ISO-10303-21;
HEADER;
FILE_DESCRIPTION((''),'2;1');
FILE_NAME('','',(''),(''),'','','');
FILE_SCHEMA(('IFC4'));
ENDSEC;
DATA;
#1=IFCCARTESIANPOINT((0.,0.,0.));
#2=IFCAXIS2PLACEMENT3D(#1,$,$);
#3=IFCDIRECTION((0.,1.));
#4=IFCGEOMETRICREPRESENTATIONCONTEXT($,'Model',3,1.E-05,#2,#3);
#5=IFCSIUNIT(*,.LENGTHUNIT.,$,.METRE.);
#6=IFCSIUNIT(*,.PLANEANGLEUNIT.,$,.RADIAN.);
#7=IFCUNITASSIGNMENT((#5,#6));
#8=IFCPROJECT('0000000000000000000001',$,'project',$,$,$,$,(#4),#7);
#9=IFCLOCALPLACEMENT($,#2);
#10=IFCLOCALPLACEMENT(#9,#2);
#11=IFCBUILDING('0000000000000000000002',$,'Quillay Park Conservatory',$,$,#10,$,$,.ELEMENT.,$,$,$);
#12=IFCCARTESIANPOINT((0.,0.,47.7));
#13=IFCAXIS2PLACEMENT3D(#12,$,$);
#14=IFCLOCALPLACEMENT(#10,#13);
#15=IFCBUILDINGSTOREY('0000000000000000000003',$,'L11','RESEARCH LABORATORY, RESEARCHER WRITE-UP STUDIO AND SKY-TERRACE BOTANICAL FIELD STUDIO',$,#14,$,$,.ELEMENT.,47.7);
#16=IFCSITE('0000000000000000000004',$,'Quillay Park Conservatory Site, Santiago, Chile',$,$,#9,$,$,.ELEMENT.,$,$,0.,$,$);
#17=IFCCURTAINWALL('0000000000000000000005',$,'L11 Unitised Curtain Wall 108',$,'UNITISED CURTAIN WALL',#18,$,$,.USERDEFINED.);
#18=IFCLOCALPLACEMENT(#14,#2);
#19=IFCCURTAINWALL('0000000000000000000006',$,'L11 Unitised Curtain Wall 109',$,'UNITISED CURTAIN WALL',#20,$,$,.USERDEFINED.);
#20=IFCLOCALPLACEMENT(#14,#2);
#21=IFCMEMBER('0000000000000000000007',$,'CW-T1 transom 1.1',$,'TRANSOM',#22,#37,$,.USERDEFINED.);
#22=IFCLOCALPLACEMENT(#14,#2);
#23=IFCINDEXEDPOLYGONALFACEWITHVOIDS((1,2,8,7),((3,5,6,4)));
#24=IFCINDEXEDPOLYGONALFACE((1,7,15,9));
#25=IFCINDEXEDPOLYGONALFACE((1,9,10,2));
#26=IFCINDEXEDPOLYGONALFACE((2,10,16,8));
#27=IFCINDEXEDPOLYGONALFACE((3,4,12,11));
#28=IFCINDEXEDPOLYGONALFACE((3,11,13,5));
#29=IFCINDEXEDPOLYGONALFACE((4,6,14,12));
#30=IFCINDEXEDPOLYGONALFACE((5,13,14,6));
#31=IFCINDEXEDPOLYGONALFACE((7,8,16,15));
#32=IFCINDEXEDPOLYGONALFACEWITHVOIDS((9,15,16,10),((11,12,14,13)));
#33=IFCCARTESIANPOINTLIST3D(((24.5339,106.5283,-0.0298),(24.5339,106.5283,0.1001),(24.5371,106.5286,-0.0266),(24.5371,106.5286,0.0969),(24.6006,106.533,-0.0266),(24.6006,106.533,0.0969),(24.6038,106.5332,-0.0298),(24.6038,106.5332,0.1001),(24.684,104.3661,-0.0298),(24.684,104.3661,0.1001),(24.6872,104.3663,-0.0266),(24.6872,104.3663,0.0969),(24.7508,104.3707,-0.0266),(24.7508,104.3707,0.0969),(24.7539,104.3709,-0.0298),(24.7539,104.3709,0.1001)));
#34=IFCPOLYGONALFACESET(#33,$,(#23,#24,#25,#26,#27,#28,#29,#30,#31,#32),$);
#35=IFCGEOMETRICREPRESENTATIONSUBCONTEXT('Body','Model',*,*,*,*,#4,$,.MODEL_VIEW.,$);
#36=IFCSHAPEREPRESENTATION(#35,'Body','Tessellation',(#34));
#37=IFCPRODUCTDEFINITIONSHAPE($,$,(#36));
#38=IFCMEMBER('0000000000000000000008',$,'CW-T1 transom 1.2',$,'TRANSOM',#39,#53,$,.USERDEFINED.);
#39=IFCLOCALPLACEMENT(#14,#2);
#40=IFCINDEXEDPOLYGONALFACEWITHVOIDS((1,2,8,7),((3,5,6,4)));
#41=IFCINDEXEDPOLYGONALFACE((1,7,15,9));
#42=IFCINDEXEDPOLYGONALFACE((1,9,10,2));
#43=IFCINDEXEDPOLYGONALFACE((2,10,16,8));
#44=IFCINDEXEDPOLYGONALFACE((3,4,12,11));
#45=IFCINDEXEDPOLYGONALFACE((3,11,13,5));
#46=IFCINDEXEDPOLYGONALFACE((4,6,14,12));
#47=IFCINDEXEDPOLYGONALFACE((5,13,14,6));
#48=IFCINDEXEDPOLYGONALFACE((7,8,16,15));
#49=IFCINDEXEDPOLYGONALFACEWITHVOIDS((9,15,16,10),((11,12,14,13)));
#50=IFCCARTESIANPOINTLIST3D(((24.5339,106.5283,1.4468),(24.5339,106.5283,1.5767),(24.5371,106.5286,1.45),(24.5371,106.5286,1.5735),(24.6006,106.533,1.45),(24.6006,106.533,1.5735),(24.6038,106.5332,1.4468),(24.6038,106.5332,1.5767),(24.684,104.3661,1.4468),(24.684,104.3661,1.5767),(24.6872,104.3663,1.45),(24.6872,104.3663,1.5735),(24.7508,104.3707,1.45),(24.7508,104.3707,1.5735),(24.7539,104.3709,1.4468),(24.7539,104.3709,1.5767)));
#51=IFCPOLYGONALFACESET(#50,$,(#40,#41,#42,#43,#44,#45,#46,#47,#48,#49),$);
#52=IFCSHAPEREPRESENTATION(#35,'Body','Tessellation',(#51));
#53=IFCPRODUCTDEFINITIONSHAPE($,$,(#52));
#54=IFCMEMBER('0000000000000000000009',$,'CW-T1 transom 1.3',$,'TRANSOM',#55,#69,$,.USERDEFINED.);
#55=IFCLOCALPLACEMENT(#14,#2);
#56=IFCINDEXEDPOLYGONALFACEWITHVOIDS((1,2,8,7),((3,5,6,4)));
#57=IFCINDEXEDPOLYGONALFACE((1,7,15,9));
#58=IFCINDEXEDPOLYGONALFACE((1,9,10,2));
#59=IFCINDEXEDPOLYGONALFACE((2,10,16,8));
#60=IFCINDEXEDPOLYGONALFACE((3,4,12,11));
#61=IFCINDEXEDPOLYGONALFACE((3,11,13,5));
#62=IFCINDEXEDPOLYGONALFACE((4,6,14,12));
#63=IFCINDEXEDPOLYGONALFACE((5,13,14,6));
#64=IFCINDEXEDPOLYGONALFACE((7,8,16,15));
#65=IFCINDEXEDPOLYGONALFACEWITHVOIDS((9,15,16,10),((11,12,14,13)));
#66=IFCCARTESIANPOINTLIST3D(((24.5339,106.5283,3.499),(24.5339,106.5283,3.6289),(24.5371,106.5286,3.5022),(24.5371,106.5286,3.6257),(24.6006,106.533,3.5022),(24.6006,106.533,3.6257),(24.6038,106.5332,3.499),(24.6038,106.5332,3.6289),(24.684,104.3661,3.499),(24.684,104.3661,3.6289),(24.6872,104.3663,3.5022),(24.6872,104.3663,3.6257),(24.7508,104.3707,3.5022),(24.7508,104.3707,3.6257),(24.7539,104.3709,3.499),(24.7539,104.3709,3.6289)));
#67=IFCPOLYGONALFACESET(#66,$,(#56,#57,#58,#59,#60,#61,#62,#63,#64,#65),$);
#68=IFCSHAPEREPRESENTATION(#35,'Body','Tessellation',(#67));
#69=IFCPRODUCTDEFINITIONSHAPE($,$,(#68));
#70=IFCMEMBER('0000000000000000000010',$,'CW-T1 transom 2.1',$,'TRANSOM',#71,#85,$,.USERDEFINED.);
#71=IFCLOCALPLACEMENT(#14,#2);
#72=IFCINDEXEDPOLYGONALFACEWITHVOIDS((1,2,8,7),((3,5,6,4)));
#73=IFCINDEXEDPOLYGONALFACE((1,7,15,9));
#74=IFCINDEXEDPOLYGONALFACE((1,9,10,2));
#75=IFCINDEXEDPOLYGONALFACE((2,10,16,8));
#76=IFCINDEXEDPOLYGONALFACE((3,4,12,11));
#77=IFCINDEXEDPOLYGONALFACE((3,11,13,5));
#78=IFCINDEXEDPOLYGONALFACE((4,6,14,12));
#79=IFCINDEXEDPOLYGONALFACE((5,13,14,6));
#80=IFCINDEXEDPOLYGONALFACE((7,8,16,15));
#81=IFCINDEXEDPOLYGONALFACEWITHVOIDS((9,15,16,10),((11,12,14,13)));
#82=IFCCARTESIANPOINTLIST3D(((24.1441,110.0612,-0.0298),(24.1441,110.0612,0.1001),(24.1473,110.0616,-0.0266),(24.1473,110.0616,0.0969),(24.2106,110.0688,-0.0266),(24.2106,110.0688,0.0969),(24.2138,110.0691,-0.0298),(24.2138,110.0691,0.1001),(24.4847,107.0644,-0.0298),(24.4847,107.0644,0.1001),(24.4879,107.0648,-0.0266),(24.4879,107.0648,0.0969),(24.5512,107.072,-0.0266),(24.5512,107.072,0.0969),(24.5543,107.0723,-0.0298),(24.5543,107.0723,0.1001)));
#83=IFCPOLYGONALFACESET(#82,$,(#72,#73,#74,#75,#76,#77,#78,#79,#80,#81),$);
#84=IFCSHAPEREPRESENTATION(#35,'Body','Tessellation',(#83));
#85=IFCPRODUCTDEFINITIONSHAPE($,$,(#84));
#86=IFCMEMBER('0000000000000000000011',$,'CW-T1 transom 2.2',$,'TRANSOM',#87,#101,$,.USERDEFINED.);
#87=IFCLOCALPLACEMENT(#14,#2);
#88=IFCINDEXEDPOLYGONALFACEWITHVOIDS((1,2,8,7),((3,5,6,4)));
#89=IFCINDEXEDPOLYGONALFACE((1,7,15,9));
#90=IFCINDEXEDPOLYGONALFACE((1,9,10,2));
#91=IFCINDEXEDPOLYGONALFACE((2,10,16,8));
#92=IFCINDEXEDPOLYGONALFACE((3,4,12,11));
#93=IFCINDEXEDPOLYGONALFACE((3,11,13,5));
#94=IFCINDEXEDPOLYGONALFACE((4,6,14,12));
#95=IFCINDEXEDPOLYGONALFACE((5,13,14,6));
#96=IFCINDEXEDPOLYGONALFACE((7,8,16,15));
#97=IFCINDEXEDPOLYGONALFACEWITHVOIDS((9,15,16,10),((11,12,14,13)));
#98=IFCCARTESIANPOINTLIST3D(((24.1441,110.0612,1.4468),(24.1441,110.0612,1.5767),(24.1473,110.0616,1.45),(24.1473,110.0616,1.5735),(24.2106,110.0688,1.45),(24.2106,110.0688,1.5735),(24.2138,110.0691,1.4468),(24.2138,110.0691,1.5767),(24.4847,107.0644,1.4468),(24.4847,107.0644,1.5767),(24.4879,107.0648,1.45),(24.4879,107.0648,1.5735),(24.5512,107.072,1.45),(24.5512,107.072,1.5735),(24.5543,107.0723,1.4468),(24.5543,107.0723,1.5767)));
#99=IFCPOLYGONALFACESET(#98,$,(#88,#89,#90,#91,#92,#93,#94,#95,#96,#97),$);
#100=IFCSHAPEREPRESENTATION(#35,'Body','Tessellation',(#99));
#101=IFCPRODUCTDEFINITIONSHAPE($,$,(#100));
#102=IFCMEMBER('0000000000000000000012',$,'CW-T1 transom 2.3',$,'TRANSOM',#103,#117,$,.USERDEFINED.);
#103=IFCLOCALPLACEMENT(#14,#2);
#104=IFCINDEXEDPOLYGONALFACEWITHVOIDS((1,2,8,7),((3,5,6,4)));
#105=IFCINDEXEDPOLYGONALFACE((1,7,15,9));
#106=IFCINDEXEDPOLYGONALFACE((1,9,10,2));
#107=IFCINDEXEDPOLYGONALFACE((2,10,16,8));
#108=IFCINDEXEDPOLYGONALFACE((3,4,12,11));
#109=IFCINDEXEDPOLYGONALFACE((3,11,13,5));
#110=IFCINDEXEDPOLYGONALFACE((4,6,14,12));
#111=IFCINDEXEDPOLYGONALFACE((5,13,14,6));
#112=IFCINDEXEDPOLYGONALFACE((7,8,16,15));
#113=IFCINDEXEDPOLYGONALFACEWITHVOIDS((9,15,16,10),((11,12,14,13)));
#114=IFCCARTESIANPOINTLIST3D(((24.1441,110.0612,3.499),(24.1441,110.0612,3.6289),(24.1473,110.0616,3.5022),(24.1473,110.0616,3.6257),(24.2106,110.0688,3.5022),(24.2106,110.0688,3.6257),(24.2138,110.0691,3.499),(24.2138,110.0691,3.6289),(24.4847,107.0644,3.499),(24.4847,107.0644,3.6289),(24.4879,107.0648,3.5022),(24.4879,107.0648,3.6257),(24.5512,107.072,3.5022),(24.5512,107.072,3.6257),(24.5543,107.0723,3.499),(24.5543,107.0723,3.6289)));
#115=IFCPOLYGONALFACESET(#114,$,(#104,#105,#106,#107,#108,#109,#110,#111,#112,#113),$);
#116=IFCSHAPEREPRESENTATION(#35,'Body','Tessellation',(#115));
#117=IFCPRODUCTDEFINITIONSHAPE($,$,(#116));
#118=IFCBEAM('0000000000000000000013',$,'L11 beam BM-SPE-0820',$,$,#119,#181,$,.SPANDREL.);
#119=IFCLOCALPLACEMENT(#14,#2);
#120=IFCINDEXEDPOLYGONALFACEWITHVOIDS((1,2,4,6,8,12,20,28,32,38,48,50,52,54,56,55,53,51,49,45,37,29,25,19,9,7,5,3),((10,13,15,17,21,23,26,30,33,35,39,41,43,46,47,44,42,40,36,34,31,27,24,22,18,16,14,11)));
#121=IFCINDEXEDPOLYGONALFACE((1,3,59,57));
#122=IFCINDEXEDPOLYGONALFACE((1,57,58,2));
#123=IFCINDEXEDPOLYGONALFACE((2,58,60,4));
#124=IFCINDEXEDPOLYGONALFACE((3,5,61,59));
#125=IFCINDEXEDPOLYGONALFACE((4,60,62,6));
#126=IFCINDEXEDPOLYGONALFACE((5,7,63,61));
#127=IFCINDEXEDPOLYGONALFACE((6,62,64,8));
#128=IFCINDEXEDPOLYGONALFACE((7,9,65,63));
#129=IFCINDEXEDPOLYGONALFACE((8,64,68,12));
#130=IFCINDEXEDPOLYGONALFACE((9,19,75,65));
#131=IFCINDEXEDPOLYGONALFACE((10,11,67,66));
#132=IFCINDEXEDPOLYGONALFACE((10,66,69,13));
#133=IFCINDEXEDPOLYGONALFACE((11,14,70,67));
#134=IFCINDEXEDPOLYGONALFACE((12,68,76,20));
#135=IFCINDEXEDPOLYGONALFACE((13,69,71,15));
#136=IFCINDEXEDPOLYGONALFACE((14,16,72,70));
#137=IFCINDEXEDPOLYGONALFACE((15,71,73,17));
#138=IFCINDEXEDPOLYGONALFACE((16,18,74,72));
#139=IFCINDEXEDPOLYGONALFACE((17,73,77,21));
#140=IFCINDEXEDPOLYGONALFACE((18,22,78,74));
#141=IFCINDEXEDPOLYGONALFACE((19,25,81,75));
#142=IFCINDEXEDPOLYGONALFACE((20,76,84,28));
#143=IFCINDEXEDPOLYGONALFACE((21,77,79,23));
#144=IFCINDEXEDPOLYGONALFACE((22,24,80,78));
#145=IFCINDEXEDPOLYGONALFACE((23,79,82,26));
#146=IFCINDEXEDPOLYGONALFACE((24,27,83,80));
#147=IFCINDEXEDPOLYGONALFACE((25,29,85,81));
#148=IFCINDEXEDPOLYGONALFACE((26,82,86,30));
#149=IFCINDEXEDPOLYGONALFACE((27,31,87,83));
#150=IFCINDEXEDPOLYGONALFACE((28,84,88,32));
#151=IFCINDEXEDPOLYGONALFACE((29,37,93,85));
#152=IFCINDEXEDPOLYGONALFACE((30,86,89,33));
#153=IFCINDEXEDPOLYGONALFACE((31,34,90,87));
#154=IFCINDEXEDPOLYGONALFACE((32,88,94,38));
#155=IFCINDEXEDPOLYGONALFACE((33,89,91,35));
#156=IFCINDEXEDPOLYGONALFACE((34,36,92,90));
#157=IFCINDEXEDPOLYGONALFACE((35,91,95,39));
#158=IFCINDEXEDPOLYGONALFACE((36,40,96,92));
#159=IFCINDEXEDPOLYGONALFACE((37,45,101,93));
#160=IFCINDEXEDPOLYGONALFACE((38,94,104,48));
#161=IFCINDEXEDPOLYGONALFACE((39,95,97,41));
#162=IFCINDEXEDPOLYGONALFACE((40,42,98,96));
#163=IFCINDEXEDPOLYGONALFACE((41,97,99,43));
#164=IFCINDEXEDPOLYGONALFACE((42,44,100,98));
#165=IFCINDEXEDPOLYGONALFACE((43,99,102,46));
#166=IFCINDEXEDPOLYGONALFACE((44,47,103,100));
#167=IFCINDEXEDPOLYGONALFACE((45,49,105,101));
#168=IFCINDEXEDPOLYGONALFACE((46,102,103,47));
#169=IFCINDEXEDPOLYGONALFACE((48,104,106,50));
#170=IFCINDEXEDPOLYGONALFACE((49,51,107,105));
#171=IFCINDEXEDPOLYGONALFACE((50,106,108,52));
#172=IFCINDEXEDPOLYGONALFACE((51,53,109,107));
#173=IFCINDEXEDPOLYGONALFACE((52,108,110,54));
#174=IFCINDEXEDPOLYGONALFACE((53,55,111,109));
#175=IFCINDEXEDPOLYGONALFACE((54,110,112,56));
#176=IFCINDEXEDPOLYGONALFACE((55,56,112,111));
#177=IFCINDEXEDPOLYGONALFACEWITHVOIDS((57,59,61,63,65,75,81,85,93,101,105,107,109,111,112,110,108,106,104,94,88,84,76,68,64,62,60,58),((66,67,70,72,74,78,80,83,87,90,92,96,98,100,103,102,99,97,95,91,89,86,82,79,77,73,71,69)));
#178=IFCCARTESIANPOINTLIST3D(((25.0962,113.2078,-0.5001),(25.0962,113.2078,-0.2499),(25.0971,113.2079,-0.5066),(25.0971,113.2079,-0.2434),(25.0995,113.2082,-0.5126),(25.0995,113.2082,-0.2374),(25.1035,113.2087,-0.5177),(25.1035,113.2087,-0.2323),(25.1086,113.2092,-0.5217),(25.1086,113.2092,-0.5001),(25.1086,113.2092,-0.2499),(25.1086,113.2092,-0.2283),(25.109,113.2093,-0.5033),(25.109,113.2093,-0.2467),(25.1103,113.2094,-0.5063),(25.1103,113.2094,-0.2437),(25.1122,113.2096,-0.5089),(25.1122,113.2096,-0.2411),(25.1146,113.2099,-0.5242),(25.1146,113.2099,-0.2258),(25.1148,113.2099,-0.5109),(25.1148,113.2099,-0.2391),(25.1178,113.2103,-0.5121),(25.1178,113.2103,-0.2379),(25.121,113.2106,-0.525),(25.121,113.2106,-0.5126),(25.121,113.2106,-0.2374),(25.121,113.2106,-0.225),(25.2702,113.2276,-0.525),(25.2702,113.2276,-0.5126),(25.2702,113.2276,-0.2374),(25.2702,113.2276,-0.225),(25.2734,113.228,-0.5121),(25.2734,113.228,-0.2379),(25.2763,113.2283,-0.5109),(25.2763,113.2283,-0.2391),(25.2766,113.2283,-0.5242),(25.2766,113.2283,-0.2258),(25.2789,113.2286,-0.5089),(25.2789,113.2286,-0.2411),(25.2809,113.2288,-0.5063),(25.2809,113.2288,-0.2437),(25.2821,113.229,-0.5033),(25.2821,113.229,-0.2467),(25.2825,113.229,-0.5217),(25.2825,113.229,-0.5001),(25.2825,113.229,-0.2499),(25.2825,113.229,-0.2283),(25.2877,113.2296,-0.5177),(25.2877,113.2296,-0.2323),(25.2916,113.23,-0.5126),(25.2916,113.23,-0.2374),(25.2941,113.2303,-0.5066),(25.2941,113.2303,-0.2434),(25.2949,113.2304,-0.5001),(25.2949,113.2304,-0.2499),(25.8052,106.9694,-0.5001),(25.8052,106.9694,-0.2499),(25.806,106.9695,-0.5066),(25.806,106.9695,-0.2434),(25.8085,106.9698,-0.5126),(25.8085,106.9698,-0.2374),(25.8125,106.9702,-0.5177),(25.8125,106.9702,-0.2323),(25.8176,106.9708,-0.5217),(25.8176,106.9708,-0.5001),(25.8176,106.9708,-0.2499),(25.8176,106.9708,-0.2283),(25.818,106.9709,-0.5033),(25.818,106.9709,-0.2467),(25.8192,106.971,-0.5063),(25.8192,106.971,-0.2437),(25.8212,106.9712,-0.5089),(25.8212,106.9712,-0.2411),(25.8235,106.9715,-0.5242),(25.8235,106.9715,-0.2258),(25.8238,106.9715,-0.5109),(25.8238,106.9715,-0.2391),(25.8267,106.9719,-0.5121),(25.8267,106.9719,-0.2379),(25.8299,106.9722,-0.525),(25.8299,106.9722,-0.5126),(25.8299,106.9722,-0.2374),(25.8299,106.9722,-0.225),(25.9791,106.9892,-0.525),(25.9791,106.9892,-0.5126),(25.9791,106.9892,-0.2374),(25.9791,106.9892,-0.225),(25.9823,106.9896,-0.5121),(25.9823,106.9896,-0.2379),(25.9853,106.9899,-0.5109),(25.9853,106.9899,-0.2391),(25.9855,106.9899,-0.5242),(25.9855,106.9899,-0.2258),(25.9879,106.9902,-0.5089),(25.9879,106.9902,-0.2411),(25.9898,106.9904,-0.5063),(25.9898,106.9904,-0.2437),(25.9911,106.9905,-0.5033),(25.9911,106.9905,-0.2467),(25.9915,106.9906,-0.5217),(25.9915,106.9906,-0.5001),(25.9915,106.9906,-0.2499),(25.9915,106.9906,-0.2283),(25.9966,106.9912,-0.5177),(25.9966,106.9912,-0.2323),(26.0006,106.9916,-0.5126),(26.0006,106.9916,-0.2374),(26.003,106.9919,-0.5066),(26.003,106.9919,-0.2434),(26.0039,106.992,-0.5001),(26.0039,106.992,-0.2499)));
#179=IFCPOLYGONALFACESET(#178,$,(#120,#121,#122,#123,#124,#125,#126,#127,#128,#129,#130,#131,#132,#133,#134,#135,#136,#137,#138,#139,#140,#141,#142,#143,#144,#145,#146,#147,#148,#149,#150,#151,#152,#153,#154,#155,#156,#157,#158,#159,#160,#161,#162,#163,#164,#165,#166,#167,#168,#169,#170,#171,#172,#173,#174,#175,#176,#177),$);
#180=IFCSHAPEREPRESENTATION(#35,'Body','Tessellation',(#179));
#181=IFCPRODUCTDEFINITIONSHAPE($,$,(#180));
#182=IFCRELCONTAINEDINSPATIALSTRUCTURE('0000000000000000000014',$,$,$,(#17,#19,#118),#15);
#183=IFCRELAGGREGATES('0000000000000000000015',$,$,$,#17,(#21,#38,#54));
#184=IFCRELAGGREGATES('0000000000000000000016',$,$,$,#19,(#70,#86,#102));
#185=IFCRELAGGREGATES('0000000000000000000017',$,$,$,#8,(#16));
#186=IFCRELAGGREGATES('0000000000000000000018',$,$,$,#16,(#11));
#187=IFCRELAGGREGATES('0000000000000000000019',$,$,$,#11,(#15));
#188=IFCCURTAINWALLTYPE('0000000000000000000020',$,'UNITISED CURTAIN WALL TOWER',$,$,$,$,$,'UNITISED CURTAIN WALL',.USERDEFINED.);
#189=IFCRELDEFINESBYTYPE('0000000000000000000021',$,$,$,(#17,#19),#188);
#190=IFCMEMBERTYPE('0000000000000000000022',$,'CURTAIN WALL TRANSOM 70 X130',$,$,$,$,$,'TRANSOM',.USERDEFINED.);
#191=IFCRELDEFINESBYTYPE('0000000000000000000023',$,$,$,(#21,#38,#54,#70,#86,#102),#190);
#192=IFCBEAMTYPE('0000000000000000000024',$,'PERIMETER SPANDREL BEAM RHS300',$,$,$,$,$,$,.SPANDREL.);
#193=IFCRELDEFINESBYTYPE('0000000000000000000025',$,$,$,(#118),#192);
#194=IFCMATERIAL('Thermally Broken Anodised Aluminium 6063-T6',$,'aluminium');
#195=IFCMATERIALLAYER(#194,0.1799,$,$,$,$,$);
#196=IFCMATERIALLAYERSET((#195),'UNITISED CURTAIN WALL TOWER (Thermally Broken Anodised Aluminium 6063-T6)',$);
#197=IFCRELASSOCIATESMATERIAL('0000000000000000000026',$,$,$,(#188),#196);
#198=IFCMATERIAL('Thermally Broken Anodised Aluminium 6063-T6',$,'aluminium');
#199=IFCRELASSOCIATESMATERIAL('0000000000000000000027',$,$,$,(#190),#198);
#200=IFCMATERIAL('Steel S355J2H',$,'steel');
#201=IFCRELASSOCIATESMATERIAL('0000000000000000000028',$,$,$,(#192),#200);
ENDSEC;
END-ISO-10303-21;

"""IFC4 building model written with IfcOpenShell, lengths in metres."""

from ifc_helpers import new_model, si_unit, direction, frame, origin, origin_2d, place, context, subcontext, project, spatial, hollow_rectangle, extrude, material, layer, layer_set, material_profile, profile_set, type_object, element, aggregate, save


model = new_model("IFC4")

# Units and contexts
model_context = context("Model", 3, precision=1e-05, world=origin(), true_north=direction((0.0, 1.0)))
body_context = subcontext(model_context, "Body", "Model", "MODEL_VIEW")
ifc_project = project(units=[si_unit("LENGTHUNIT", "METRE"), si_unit("PLANEANGLEUNIT", "RADIAN")], contexts=[model_context])

# Site, building, storey
site_placement = place(None, origin())
site = spatial("IfcSite", under=ifc_project, at=site_placement, Name="Quillay Park Conservatory Site, Santiago, Chile", CompositionType="ELEMENT", RefElevation=0.0)
building_placement = place(site_placement, origin())
building = spatial("IfcBuilding", under=site, at=building_placement, Name="Quillay Park Conservatory", CompositionType="ELEMENT")
storey_placement = place(building_placement, frame((0.0, 0.0, 47.7)))
storey = spatial("IfcBuildingStorey", under=building, at=storey_placement, Name="L11", Description="RESEARCH LABORATORY, RESEARCHER WRITE-UP STUDIO AND SKY-TERRACE BOTANICAL FIELD STUDIO", CompositionType="ELEMENT", Elevation=47.7)

# Curtain wall
ifc_material_1 = material(Name="Thermally Broken Anodised Aluminium 6063-T6", Category="aluminium")
ifc_layer_1 = layer(ifc_material_1, 0.1799)
ifc_layer_set_1 = layer_set([ifc_layer_1], Name="UNITISED CURTAIN WALL TOWER (Thermally Broken Anodised Aluminium 6063-T6)")
curtain_wall_type = type_object("IfcCurtainWallType", Name="UNITISED CURTAIN WALL TOWER", ElementType="UNITISED CURTAIN WALL", PredefinedType="USERDEFINED", material=ifc_layer_set_1)
curtain_wall_1_placement = place(storey_placement, origin())
curtain_wall_1 = element("IfcCurtainWall", 1, at=curtain_wall_1_placement, inside=storey, type_object=curtain_wall_type, Name="L11 Unitised Curtain Wall 108", ObjectType="UNITISED CURTAIN WALL", PredefinedType="USERDEFINED")

# Curtain wall
curtain_wall_2_placement = place(storey_placement, origin())
curtain_wall_2 = element("IfcCurtainWall", 2, at=curtain_wall_2_placement, inside=storey, type_object=curtain_wall_type, Name="L11 Unitised Curtain Wall 109", ObjectType="UNITISED CURTAIN WALL", PredefinedType="USERDEFINED")

# Members
ifc_material_2 = material(Name="Thermally Broken Anodised Aluminium 6063-T6", Category="aluminium")
ifc_material_profile_1 = material_profile(ifc_material_2, hollow_rectangle(XDim=0.0701, YDim=0.1299, WallThickness=0.0032, at=origin_2d()), Name="AL70x130x3.2")
ifc_profile_set_1 = profile_set([ifc_material_profile_1], Name="Thermally Broken Anodised Aluminium 6063-T6")
member_type_1 = type_object("IfcMemberType", Name="CURTAIN WALL TRANSOM 70 X130", ElementType="TRANSOM", PredefinedType="USERDEFINED", material=ifc_profile_set_1)
member_1_placement = place(storey_placement, frame((24.5688, 106.5308, 0.0352), z_axis=(0.06927, -0.997598, 0.0), x_axis=(0.997598, 0.06927, 0.0)))
member_1 = element("IfcMember", 3, at=member_1_placement, type_object=member_type_1, Name="CW-T1 transom 1.1", ObjectType="TRANSOM", PredefinedType="USERDEFINED", context=body_context, shape_type="SweptSolid", body=[
    extrude(hollow_rectangle(XDim=0.0701, YDim=0.1299, WallThickness=0.0032, at=origin_2d()), origin(), (0.0, 0.0, 1.0), 2.1675),
])
member_2_placement = place(storey_placement, frame((24.5688, 106.5308, 1.5117), z_axis=(0.06927, -0.997598, 0.0), x_axis=(0.997598, 0.06927, 0.0)))
member_2 = element("IfcMember", 4, at=member_2_placement, type_object=member_type_1, Name="CW-T1 transom 1.2", ObjectType="TRANSOM", PredefinedType="USERDEFINED", context=body_context, shape_type="SweptSolid", body=[
    extrude(hollow_rectangle(XDim=0.0701, YDim=0.1299, WallThickness=0.0032, at=origin_2d()), origin(), (0.0, 0.0, 1.0), 2.1675),
])
member_3_placement = place(storey_placement, frame((24.5688, 106.5308, 3.564), z_axis=(0.06927, -0.997598, 0.0), x_axis=(0.997598, 0.06927, 0.0)))
member_3 = element("IfcMember", 5, at=member_3_placement, type_object=member_type_1, Name="CW-T1 transom 1.3", ObjectType="TRANSOM", PredefinedType="USERDEFINED", context=body_context, shape_type="SweptSolid", body=[
    extrude(hollow_rectangle(XDim=0.0701, YDim=0.1299, WallThickness=0.0032, at=origin_2d()), origin(), (0.0, 0.0, 1.0), 2.1675),
])
member_4_placement = place(storey_placement, frame((24.179, 110.0652, 0.0352), z_axis=(0.112919, -0.993604, 0.0), x_axis=(0.993604, 0.112919, 0.0)))
member_4 = element("IfcMember", 6, at=member_4_placement, type_object=member_type_1, Name="CW-T1 transom 2.1", ObjectType="TRANSOM", PredefinedType="USERDEFINED", context=body_context, shape_type="SweptSolid", body=[
    extrude(hollow_rectangle(XDim=0.0701, YDim=0.1299, WallThickness=0.0032, at=origin_2d()), origin(), (0.0, 0.0, 1.0), 3.0161),
])
member_5_placement = place(storey_placement, frame((24.179, 110.0652, 1.5117), z_axis=(0.112919, -0.993604, 0.0), x_axis=(0.993604, 0.112919, 0.0)))
member_5 = element("IfcMember", 7, at=member_5_placement, type_object=member_type_1, Name="CW-T1 transom 2.2", ObjectType="TRANSOM", PredefinedType="USERDEFINED", context=body_context, shape_type="SweptSolid", body=[
    extrude(hollow_rectangle(XDim=0.0701, YDim=0.1299, WallThickness=0.0032, at=origin_2d()), origin(), (0.0, 0.0, 1.0), 3.0161),
])
member_6_placement = place(storey_placement, frame((24.179, 110.0652, 3.564), z_axis=(0.112919, -0.993604, 0.0), x_axis=(0.993604, 0.112919, 0.0)))
member_6 = element("IfcMember", 8, at=member_6_placement, type_object=member_type_1, Name="CW-T1 transom 2.3", ObjectType="TRANSOM", PredefinedType="USERDEFINED", context=body_context, shape_type="SweptSolid", body=[
    extrude(hollow_rectangle(XDim=0.0701, YDim=0.1299, WallThickness=0.0032, at=origin_2d()), origin(), (0.0, 0.0, 1.0), 3.0161),
])

# Beam
ifc_material_3 = material(Name="Steel S355J2H", Category="steel")
ifc_material_profile_2 = material_profile(ifc_material_3, hollow_rectangle(XDim=0.2, YDim=0.3, WallThickness=0.0125, InnerFilletRadius=0.0125, OuterFilletRadius=0.0249, at=origin_2d()), Name="RHS300x200x12.5")
ifc_profile_set_2 = profile_set([ifc_material_profile_2], Name="Steel S355J2H")
beam_type_1 = type_object("IfcBeamType", Name="PERIMETER SPANDREL BEAM RHS300", PredefinedType="SPANDREL", material=ifc_profile_set_2)
beam_1_placement = place(storey_placement, frame((25.9045, 106.9807, -0.375), z_axis=(-0.112919, 0.993604, 0.0), x_axis=(-0.993604, -0.112919, 0.0)))
element("IfcBeam", 9, at=beam_1_placement, inside=storey, type_object=beam_type_1, Name="L11 beam BM-SPE-0820", PredefinedType="SPANDREL", context=body_context, shape_type="SweptSolid", body=[
    extrude(hollow_rectangle(XDim=0.2, YDim=0.3, WallThickness=0.0125, InnerFilletRadius=0.0125, OuterFilletRadius=0.0249, at=origin_2d()), origin(), (0.0, 0.0, 1.0), 6.2786),
])

aggregate(curtain_wall_1, [member_1, member_2, member_3])
aggregate(curtain_wall_2, [member_4, member_5, member_6])

save(model, "model.ifc")
